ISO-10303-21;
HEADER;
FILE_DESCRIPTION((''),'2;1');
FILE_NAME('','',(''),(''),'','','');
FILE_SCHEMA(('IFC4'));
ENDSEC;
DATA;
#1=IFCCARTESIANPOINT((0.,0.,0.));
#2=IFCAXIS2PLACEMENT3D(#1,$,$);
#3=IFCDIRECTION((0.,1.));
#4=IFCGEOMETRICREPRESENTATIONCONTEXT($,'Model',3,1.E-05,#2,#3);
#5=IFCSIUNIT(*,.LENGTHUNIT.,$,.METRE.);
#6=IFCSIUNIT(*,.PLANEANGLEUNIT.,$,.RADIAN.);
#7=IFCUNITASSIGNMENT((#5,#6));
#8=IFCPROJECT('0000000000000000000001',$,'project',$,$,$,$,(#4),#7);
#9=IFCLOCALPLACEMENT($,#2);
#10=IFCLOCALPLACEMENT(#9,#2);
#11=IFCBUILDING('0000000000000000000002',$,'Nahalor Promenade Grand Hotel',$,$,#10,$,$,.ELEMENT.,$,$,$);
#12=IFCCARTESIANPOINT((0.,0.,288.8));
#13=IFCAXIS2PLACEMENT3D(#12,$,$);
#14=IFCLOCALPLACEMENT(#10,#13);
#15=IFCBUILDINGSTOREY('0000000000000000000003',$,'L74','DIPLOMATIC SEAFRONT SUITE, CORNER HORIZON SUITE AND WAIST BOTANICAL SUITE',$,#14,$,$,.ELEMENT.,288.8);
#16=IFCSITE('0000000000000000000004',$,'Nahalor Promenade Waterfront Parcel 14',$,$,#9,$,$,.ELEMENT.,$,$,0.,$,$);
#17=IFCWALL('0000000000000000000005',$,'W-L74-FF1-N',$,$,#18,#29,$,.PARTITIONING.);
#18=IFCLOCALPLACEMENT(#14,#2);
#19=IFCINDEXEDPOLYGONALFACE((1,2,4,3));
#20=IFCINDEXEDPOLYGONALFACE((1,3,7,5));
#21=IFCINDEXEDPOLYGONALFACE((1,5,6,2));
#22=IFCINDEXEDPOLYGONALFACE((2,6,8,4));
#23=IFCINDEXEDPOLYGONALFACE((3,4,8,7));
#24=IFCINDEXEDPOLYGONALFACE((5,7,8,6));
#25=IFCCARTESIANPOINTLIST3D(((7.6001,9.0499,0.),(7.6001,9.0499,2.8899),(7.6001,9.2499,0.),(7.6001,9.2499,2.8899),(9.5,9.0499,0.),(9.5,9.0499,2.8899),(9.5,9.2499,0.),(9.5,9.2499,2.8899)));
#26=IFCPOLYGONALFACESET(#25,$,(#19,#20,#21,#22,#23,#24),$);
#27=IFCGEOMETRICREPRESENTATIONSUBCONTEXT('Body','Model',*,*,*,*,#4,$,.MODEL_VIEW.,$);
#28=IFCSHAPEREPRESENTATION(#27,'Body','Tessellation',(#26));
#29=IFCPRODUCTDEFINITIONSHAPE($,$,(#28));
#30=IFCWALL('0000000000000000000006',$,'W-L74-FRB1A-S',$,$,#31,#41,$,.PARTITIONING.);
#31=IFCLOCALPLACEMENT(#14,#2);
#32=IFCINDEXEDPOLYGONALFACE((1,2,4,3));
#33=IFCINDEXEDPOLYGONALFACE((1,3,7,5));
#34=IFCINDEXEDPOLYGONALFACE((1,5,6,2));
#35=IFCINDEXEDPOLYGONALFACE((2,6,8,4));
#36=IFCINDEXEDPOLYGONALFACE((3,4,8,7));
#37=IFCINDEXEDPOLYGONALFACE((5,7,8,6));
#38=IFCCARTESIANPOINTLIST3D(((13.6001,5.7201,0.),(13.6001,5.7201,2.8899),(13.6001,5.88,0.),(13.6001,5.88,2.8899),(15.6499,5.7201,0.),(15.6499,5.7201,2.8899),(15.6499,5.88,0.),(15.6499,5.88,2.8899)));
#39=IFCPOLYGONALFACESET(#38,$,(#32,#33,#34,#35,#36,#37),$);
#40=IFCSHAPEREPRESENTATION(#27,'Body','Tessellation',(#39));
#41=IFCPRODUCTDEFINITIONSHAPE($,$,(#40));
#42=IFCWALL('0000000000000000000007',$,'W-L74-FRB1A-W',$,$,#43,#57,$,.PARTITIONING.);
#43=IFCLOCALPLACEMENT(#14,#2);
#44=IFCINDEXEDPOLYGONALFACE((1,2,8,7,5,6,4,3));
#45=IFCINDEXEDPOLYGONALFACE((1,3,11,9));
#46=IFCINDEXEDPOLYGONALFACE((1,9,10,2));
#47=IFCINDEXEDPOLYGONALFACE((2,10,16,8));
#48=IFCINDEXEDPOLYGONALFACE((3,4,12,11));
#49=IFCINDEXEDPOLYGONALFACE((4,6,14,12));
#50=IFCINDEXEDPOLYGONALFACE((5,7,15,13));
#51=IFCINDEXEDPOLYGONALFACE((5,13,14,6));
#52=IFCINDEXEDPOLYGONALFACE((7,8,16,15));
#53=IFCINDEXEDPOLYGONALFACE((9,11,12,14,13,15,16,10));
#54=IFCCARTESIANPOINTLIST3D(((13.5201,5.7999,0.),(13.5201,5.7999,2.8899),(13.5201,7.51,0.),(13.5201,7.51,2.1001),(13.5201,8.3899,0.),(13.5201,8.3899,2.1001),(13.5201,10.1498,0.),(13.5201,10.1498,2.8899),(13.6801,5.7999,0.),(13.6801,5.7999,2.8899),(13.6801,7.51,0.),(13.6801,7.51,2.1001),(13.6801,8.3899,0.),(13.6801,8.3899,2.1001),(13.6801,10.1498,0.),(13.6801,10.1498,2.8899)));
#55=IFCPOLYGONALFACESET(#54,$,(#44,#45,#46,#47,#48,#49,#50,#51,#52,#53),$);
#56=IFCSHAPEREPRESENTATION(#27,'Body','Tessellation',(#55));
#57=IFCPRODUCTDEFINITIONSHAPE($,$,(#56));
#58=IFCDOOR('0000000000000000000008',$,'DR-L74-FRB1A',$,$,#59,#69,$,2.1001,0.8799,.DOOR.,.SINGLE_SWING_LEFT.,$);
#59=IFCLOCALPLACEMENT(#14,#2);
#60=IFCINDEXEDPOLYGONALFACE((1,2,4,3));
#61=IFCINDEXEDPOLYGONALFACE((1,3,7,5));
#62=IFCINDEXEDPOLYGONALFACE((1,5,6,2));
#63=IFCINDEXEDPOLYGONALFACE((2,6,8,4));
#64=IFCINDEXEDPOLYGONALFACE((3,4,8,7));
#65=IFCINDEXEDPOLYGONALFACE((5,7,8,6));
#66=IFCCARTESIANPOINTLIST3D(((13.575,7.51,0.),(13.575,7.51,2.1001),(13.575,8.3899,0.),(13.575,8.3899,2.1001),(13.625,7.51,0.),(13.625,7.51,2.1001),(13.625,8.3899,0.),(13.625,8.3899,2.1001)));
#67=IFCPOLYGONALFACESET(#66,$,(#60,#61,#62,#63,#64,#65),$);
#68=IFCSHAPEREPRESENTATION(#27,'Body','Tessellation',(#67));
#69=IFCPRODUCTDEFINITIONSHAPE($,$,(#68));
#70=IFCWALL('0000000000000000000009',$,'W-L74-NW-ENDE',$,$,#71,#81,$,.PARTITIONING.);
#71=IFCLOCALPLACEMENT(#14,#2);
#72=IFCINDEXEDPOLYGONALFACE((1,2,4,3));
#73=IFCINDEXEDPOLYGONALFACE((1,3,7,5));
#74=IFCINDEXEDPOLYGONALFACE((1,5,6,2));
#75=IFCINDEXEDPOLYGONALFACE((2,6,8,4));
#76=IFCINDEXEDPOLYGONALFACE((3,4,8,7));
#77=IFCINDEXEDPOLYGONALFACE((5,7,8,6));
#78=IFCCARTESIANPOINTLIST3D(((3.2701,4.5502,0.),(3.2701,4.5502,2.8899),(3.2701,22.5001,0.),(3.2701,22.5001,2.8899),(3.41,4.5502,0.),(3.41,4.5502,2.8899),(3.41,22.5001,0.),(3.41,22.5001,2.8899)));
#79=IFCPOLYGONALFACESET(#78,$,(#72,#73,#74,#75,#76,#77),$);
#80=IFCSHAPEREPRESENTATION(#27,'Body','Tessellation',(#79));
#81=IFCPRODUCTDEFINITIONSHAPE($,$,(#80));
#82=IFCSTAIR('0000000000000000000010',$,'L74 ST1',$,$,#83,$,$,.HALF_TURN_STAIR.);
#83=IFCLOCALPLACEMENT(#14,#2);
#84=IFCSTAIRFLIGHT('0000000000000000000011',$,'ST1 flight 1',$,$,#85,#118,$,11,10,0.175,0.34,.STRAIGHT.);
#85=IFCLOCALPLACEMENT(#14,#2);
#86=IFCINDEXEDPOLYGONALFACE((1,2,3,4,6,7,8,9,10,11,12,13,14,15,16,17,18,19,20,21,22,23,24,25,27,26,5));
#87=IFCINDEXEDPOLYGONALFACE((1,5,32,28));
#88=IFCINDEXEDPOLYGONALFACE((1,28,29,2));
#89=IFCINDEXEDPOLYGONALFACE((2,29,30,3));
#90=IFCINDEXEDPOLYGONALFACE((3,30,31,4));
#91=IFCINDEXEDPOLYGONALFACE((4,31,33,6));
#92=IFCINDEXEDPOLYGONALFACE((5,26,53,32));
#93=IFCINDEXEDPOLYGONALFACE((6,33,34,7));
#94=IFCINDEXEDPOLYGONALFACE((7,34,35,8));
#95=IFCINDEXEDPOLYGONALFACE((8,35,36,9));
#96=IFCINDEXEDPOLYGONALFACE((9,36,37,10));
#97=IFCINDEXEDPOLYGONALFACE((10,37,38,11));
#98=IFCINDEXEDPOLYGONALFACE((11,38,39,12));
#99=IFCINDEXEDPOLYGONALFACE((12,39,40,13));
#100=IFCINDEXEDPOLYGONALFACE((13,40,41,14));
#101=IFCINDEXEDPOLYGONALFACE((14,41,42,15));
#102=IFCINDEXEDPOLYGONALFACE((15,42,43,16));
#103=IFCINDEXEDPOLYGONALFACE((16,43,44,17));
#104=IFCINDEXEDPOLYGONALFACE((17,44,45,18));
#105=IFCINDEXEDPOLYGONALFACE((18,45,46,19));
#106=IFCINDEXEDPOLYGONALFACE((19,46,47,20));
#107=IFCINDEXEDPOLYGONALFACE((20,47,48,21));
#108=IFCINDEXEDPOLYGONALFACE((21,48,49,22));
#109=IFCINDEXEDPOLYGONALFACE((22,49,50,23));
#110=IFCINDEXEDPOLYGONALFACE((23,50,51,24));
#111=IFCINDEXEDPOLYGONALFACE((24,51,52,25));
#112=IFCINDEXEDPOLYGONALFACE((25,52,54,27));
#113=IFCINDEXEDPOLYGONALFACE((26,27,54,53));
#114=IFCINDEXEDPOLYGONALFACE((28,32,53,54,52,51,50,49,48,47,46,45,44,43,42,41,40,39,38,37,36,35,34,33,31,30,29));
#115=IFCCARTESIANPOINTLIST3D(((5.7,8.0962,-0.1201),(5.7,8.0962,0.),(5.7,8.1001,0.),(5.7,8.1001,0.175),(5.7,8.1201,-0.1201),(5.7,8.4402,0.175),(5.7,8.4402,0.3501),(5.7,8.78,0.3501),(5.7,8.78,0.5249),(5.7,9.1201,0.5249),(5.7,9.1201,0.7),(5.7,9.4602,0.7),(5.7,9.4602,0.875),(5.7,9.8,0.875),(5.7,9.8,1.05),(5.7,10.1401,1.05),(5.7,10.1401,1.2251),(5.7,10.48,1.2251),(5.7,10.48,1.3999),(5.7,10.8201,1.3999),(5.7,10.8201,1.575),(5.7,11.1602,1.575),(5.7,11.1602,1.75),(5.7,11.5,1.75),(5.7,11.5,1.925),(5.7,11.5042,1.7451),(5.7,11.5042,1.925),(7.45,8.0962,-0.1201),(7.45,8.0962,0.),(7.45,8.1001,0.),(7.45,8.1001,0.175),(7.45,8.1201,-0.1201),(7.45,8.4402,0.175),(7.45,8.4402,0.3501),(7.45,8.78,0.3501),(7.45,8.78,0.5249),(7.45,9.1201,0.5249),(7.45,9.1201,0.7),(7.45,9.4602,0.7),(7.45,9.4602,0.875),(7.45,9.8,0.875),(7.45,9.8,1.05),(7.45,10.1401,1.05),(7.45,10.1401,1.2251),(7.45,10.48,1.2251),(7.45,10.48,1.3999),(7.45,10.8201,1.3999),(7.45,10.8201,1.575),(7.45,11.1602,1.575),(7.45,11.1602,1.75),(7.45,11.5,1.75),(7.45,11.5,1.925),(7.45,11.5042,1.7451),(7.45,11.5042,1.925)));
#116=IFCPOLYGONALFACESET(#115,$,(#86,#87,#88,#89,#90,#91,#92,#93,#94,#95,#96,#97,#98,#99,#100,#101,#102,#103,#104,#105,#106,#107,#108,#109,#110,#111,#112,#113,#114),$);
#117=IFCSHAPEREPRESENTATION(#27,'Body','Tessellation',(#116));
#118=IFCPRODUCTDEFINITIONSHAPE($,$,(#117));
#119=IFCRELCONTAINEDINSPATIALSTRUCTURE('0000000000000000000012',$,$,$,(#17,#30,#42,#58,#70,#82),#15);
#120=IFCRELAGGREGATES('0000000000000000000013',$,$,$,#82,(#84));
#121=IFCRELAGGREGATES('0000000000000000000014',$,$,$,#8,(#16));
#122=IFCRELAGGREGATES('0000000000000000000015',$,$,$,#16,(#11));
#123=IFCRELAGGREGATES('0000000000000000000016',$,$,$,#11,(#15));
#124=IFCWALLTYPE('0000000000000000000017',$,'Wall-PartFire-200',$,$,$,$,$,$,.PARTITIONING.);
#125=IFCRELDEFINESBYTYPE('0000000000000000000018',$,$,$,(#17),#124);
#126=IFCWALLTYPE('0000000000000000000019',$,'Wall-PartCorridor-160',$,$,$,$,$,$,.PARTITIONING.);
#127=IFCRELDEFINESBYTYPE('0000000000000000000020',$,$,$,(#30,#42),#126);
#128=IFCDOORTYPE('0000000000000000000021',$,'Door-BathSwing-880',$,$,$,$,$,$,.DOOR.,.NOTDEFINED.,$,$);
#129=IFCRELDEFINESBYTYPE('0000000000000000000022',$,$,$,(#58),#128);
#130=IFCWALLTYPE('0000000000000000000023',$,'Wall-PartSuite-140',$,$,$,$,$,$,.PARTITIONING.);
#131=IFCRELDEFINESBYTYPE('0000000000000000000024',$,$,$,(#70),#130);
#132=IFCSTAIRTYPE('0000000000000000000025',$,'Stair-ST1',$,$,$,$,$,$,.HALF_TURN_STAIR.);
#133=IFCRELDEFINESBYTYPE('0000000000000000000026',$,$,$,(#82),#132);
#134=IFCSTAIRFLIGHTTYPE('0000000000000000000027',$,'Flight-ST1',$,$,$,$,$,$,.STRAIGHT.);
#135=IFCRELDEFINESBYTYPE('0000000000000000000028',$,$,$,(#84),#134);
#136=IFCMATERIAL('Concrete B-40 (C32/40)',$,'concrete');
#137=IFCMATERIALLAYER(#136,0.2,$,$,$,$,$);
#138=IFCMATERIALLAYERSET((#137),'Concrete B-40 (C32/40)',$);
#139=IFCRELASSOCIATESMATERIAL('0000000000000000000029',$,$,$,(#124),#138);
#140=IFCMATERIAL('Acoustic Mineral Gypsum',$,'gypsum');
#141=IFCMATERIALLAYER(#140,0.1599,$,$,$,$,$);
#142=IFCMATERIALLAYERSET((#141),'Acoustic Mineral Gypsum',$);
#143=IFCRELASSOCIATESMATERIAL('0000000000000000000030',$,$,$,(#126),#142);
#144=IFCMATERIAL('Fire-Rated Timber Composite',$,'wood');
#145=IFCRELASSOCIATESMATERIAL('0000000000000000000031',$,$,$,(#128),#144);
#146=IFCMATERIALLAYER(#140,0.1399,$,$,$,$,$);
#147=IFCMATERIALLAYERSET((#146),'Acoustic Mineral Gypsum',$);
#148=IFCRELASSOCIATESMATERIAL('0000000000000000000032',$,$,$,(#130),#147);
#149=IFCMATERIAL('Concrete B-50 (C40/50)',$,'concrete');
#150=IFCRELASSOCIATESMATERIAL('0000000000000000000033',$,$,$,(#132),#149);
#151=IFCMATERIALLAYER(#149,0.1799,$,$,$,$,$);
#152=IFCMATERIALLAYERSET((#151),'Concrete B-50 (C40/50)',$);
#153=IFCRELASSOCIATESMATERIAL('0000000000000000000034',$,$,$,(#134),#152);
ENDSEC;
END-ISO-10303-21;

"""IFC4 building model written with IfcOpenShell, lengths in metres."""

from ifc_helpers import new_model, si_unit, direction, frame, frame_2d, origin, place, context, subcontext, project, spatial, polyline, rectangle, outline, extrude, source, transform, mapped, material, layer, layer_set, type_object, element, fill, aggregate, save


model = new_model("IFC4")

# Units and contexts
model_context = context("Model", 3, precision=1e-05, world=origin(), true_north=direction((0.0, 1.0)))
body_context = subcontext(model_context, "Body", "Model", "MODEL_VIEW")
ifc_project = project(units=[si_unit("LENGTHUNIT", "METRE"), si_unit("PLANEANGLEUNIT", "RADIAN")], contexts=[model_context])

# Site, building, storey
site_placement = place(None, origin())
site = spatial("IfcSite", under=ifc_project, at=site_placement, Name="Nahalor Promenade Waterfront Parcel 14", CompositionType="ELEMENT", RefElevation=0.0)
building_placement = place(site_placement, origin())
building = spatial("IfcBuilding", under=site, at=building_placement, Name="Nahalor Promenade Grand Hotel", CompositionType="ELEMENT")
storey_placement = place(building_placement, frame((0.0, 0.0, 288.8)))
storey = spatial("IfcBuildingStorey", under=building, at=storey_placement, Name="L74", Description="DIPLOMATIC SEAFRONT SUITE, CORNER HORIZON SUITE AND WAIST BOTANICAL SUITE", CompositionType="ELEMENT", Elevation=288.8)

# Shared definitions
ifc_material_1 = material(Name="Concrete B-50 (C40/50)", Category="concrete")

# Wall
ifc_material_2 = material(Name="Concrete B-40 (C32/40)", Category="concrete")
ifc_layer_1 = layer(ifc_material_2, 0.2)
ifc_layer_set_1 = layer_set([ifc_layer_1], Name="Concrete B-40 (C32/40)")
wall_type_1 = type_object("IfcWallType", Name="Wall-PartFire-200", PredefinedType="PARTITIONING", material=ifc_layer_set_1)
shared_shape_1 = source(origin(), body_context, "Body", "SweptSolid", [
    extrude(rectangle(XDim=1.8999, YDim=0.2, at=frame_2d((0.95, 0.0))), origin(), (0.0, 0.0, 1.0), 2.8899),
])
wall_1_placement = place(storey_placement, frame((7.6001, 9.1499, 0.0), z_axis=(0.0, 0.0, 1.0), x_axis=(1.0, 0.0, 0.0)))
element("IfcWall", 1, at=wall_1_placement, inside=storey, type_object=wall_type_1, Name="W-L74-FF1-N", PredefinedType="PARTITIONING", context=body_context, shape_type="MappedRepresentation", body=[
    mapped(shared_shape_1, transform((0.0, 0.0, 0.0), scale=1.0)),
])

# Wall
ifc_material_3 = material(Name="Acoustic Mineral Gypsum", Category="gypsum")
ifc_layer_2 = layer(ifc_material_3, 0.1599)
ifc_layer_set_2 = layer_set([ifc_layer_2], Name="Acoustic Mineral Gypsum")
wall_type_2 = type_object("IfcWallType", Name="Wall-PartCorridor-160", PredefinedType="PARTITIONING", material=ifc_layer_set_2)
shared_shape_2 = source(origin(), body_context, "Body", "SweptSolid", [
    extrude(rectangle(XDim=2.0498, YDim=0.1599, at=frame_2d((1.0249, 0.0))), origin(), (0.0, 0.0, 1.0), 2.8899),
])
wall_2_placement = place(storey_placement, frame((13.6001, 5.8, 0.0), z_axis=(0.0, 0.0, 1.0), x_axis=(1.0, 0.0, 0.0)))
element("IfcWall", 2, at=wall_2_placement, inside=storey, type_object=wall_type_2, Name="W-L74-FRB1A-S", PredefinedType="PARTITIONING", context=body_context, shape_type="MappedRepresentation", body=[
    mapped(shared_shape_2, transform((0.0, 0.0, 0.0), scale=1.0)),
])

# Wall, opening, door
shared_shape_3 = source(origin(), body_context, "Body", "SweptSolid", [
    extrude(rectangle(XDim=4.3499, YDim=0.1599, at=frame_2d((2.1748, 0.0))), origin(), (0.0, 0.0, 1.0), 2.8899),
])
wall_3_placement = place(storey_placement, frame((13.6001, 5.8, 0.0), z_axis=(0.0, 0.0, 1.0), x_axis=(0.0, 1.0, 0.0)))
wall_3 = element("IfcWall", 3, at=wall_3_placement, inside=storey, type_object=wall_type_2, Name="W-L74-FRB1A-W", PredefinedType="PARTITIONING", context=body_context, shape_type="MappedRepresentation", body=[
    mapped(shared_shape_3, transform((0.0, 0.0, 0.0), scale=1.0)),
])
opening_1_placement = place(wall_3_placement, frame((1.71, 0.0, 0.0)))
opening_1 = element("IfcOpeningElement", 4, at=opening_1_placement, cuts=wall_3, PredefinedType="OPENING", context=body_context, shape_type="SweptSolid", body=[
    extrude(rectangle(XDim=0.8799, YDim=2.1001, at=frame_2d((0.4399, 1.05))), frame((0.0, 0.0898, 0.0), z_axis=(0.0, -1.0, 0.0), x_axis=(1.0, 0.0, 0.0)), (0.0, 0.0, 1.0), 0.1799),
])
ifc_material_4 = material(Name="Fire-Rated Timber Composite", Category="wood")
door_type_1 = type_object("IfcDoorType", Name="Door-BathSwing-880", OperationType="NOTDEFINED", PredefinedType="DOOR", material=ifc_material_4)
shared_shape_4 = source(origin(), body_context, "Body", "SweptSolid", [
    extrude(rectangle(XDim=0.8799, YDim=2.1001, at=frame_2d((0.4399, 1.05))), frame((0.0, 0.0249, 0.0), z_axis=(0.0, -1.0, 0.0), x_axis=(1.0, 0.0, 0.0)), (0.0, 0.0, 1.0), 0.05),
])
door_1_placement = place(opening_1_placement, frame((0.8799, 0.0, 0.0), z_axis=(0.0, 0.0, 1.0), x_axis=(-1.0, 0.0, 0.0)))
door_1 = element("IfcDoor", 5, at=door_1_placement, inside=storey, type_object=door_type_1, Name="DR-L74-FRB1A", OperationType="SINGLE_SWING_LEFT", OverallHeight=2.1001, OverallWidth=0.8799, PredefinedType="DOOR", context=body_context, shape_type="MappedRepresentation", body=[
    mapped(shared_shape_4, transform((0.0, 0.0, 0.0), scale=1.0)),
])
fill(opening_1, door_1)

# Wall
ifc_layer_3 = layer(ifc_material_3, 0.1399)
ifc_layer_set_3 = layer_set([ifc_layer_3], Name="Acoustic Mineral Gypsum")
wall_type_3 = type_object("IfcWallType", Name="Wall-PartSuite-140", PredefinedType="PARTITIONING", material=ifc_layer_set_3)
shared_shape_5 = source(origin(), body_context, "Body", "SweptSolid", [
    extrude(rectangle(XDim=17.95, YDim=0.1399, at=frame_2d((8.9751, 0.0))), origin(), (0.0, 0.0, 1.0), 2.8899),
])
wall_4_placement = place(storey_placement, frame((3.3401, 4.55, 0.0), z_axis=(0.0, 0.0, 1.0), x_axis=(0.0, 1.0, 0.0)))
element("IfcWall", 6, at=wall_4_placement, inside=storey, type_object=wall_type_3, Name="W-L74-NW-ENDE", PredefinedType="PARTITIONING", context=body_context, shape_type="MappedRepresentation", body=[
    mapped(shared_shape_5, transform((0.0, 0.0, 0.0), scale=1.0)),
])

# Stair, stair flight
stair_type = type_object("IfcStairType", Name="Stair-ST1", PredefinedType="HALF_TURN_STAIR", material=ifc_material_1)
stair_placement = place(storey_placement, origin())
stair = element("IfcStair", 7, at=stair_placement, inside=storey, type_object=stair_type, Name="L74 ST1", PredefinedType="HALF_TURN_STAIR")
ifc_layer_4 = layer(ifc_material_1, 0.1799)
ifc_layer_set_4 = layer_set([ifc_layer_4], Name="Concrete B-50 (C40/50)")
stair_flight_type = type_object("IfcStairFlightType", Name="Flight-ST1", PredefinedType="STRAIGHT", material=ifc_layer_set_4)
shared_shape_6 = source(origin(), body_context, "Body", "SweptSolid", [
    extrude(outline(polyline([(-0.0039, -0.1201), (-0.0039, 0.0), (0.0, 0.0), (0.0, 0.175), (0.3401, 0.175), (0.3401, 0.3501), (0.6799, 0.3501), (0.6799, 0.5249), (1.02, 0.5249), (1.02, 0.7), (1.3601, 0.7), (1.3601, 0.875), (1.7, 0.875), (1.7, 1.05), (2.04, 1.05), (2.04, 1.2251), (2.3799, 1.2251), (2.3799, 1.3999), (2.72, 1.3999), (2.72, 1.575), (3.0601, 1.575), (3.0601, 1.75), (3.3999, 1.75), (3.3999, 1.925), (3.4041, 1.925), (3.4041, 1.7451), (0.02, -0.1201), (-0.0039, -0.1201)])), frame((0.0, 0.875, 0.0), z_axis=(0.0, -1.0, 0.0), x_axis=(1.0, 0.0, 0.0)), (0.0, 0.0, 1.0), 1.75),
])
stair_flight_placement = place(storey_placement, frame((6.575, 8.1001, 0.0), z_axis=(0.0, 0.0, 1.0), x_axis=(0.0, 1.0, 0.0)))
stair_flight = element("IfcStairFlight", 8, at=stair_flight_placement, type_object=stair_flight_type, Name="ST1 flight 1", NumberOfRisers=11, NumberOfTreads=10, PredefinedType="STRAIGHT", RiserHeight=0.175, TreadLength=0.34, context=body_context, shape_type="MappedRepresentation", body=[
    mapped(shared_shape_6, transform((0.0, 0.0, 0.0), scale=1.0)),
])
aggregate(stair, [stair_flight])

save(model, "model.ifc")
